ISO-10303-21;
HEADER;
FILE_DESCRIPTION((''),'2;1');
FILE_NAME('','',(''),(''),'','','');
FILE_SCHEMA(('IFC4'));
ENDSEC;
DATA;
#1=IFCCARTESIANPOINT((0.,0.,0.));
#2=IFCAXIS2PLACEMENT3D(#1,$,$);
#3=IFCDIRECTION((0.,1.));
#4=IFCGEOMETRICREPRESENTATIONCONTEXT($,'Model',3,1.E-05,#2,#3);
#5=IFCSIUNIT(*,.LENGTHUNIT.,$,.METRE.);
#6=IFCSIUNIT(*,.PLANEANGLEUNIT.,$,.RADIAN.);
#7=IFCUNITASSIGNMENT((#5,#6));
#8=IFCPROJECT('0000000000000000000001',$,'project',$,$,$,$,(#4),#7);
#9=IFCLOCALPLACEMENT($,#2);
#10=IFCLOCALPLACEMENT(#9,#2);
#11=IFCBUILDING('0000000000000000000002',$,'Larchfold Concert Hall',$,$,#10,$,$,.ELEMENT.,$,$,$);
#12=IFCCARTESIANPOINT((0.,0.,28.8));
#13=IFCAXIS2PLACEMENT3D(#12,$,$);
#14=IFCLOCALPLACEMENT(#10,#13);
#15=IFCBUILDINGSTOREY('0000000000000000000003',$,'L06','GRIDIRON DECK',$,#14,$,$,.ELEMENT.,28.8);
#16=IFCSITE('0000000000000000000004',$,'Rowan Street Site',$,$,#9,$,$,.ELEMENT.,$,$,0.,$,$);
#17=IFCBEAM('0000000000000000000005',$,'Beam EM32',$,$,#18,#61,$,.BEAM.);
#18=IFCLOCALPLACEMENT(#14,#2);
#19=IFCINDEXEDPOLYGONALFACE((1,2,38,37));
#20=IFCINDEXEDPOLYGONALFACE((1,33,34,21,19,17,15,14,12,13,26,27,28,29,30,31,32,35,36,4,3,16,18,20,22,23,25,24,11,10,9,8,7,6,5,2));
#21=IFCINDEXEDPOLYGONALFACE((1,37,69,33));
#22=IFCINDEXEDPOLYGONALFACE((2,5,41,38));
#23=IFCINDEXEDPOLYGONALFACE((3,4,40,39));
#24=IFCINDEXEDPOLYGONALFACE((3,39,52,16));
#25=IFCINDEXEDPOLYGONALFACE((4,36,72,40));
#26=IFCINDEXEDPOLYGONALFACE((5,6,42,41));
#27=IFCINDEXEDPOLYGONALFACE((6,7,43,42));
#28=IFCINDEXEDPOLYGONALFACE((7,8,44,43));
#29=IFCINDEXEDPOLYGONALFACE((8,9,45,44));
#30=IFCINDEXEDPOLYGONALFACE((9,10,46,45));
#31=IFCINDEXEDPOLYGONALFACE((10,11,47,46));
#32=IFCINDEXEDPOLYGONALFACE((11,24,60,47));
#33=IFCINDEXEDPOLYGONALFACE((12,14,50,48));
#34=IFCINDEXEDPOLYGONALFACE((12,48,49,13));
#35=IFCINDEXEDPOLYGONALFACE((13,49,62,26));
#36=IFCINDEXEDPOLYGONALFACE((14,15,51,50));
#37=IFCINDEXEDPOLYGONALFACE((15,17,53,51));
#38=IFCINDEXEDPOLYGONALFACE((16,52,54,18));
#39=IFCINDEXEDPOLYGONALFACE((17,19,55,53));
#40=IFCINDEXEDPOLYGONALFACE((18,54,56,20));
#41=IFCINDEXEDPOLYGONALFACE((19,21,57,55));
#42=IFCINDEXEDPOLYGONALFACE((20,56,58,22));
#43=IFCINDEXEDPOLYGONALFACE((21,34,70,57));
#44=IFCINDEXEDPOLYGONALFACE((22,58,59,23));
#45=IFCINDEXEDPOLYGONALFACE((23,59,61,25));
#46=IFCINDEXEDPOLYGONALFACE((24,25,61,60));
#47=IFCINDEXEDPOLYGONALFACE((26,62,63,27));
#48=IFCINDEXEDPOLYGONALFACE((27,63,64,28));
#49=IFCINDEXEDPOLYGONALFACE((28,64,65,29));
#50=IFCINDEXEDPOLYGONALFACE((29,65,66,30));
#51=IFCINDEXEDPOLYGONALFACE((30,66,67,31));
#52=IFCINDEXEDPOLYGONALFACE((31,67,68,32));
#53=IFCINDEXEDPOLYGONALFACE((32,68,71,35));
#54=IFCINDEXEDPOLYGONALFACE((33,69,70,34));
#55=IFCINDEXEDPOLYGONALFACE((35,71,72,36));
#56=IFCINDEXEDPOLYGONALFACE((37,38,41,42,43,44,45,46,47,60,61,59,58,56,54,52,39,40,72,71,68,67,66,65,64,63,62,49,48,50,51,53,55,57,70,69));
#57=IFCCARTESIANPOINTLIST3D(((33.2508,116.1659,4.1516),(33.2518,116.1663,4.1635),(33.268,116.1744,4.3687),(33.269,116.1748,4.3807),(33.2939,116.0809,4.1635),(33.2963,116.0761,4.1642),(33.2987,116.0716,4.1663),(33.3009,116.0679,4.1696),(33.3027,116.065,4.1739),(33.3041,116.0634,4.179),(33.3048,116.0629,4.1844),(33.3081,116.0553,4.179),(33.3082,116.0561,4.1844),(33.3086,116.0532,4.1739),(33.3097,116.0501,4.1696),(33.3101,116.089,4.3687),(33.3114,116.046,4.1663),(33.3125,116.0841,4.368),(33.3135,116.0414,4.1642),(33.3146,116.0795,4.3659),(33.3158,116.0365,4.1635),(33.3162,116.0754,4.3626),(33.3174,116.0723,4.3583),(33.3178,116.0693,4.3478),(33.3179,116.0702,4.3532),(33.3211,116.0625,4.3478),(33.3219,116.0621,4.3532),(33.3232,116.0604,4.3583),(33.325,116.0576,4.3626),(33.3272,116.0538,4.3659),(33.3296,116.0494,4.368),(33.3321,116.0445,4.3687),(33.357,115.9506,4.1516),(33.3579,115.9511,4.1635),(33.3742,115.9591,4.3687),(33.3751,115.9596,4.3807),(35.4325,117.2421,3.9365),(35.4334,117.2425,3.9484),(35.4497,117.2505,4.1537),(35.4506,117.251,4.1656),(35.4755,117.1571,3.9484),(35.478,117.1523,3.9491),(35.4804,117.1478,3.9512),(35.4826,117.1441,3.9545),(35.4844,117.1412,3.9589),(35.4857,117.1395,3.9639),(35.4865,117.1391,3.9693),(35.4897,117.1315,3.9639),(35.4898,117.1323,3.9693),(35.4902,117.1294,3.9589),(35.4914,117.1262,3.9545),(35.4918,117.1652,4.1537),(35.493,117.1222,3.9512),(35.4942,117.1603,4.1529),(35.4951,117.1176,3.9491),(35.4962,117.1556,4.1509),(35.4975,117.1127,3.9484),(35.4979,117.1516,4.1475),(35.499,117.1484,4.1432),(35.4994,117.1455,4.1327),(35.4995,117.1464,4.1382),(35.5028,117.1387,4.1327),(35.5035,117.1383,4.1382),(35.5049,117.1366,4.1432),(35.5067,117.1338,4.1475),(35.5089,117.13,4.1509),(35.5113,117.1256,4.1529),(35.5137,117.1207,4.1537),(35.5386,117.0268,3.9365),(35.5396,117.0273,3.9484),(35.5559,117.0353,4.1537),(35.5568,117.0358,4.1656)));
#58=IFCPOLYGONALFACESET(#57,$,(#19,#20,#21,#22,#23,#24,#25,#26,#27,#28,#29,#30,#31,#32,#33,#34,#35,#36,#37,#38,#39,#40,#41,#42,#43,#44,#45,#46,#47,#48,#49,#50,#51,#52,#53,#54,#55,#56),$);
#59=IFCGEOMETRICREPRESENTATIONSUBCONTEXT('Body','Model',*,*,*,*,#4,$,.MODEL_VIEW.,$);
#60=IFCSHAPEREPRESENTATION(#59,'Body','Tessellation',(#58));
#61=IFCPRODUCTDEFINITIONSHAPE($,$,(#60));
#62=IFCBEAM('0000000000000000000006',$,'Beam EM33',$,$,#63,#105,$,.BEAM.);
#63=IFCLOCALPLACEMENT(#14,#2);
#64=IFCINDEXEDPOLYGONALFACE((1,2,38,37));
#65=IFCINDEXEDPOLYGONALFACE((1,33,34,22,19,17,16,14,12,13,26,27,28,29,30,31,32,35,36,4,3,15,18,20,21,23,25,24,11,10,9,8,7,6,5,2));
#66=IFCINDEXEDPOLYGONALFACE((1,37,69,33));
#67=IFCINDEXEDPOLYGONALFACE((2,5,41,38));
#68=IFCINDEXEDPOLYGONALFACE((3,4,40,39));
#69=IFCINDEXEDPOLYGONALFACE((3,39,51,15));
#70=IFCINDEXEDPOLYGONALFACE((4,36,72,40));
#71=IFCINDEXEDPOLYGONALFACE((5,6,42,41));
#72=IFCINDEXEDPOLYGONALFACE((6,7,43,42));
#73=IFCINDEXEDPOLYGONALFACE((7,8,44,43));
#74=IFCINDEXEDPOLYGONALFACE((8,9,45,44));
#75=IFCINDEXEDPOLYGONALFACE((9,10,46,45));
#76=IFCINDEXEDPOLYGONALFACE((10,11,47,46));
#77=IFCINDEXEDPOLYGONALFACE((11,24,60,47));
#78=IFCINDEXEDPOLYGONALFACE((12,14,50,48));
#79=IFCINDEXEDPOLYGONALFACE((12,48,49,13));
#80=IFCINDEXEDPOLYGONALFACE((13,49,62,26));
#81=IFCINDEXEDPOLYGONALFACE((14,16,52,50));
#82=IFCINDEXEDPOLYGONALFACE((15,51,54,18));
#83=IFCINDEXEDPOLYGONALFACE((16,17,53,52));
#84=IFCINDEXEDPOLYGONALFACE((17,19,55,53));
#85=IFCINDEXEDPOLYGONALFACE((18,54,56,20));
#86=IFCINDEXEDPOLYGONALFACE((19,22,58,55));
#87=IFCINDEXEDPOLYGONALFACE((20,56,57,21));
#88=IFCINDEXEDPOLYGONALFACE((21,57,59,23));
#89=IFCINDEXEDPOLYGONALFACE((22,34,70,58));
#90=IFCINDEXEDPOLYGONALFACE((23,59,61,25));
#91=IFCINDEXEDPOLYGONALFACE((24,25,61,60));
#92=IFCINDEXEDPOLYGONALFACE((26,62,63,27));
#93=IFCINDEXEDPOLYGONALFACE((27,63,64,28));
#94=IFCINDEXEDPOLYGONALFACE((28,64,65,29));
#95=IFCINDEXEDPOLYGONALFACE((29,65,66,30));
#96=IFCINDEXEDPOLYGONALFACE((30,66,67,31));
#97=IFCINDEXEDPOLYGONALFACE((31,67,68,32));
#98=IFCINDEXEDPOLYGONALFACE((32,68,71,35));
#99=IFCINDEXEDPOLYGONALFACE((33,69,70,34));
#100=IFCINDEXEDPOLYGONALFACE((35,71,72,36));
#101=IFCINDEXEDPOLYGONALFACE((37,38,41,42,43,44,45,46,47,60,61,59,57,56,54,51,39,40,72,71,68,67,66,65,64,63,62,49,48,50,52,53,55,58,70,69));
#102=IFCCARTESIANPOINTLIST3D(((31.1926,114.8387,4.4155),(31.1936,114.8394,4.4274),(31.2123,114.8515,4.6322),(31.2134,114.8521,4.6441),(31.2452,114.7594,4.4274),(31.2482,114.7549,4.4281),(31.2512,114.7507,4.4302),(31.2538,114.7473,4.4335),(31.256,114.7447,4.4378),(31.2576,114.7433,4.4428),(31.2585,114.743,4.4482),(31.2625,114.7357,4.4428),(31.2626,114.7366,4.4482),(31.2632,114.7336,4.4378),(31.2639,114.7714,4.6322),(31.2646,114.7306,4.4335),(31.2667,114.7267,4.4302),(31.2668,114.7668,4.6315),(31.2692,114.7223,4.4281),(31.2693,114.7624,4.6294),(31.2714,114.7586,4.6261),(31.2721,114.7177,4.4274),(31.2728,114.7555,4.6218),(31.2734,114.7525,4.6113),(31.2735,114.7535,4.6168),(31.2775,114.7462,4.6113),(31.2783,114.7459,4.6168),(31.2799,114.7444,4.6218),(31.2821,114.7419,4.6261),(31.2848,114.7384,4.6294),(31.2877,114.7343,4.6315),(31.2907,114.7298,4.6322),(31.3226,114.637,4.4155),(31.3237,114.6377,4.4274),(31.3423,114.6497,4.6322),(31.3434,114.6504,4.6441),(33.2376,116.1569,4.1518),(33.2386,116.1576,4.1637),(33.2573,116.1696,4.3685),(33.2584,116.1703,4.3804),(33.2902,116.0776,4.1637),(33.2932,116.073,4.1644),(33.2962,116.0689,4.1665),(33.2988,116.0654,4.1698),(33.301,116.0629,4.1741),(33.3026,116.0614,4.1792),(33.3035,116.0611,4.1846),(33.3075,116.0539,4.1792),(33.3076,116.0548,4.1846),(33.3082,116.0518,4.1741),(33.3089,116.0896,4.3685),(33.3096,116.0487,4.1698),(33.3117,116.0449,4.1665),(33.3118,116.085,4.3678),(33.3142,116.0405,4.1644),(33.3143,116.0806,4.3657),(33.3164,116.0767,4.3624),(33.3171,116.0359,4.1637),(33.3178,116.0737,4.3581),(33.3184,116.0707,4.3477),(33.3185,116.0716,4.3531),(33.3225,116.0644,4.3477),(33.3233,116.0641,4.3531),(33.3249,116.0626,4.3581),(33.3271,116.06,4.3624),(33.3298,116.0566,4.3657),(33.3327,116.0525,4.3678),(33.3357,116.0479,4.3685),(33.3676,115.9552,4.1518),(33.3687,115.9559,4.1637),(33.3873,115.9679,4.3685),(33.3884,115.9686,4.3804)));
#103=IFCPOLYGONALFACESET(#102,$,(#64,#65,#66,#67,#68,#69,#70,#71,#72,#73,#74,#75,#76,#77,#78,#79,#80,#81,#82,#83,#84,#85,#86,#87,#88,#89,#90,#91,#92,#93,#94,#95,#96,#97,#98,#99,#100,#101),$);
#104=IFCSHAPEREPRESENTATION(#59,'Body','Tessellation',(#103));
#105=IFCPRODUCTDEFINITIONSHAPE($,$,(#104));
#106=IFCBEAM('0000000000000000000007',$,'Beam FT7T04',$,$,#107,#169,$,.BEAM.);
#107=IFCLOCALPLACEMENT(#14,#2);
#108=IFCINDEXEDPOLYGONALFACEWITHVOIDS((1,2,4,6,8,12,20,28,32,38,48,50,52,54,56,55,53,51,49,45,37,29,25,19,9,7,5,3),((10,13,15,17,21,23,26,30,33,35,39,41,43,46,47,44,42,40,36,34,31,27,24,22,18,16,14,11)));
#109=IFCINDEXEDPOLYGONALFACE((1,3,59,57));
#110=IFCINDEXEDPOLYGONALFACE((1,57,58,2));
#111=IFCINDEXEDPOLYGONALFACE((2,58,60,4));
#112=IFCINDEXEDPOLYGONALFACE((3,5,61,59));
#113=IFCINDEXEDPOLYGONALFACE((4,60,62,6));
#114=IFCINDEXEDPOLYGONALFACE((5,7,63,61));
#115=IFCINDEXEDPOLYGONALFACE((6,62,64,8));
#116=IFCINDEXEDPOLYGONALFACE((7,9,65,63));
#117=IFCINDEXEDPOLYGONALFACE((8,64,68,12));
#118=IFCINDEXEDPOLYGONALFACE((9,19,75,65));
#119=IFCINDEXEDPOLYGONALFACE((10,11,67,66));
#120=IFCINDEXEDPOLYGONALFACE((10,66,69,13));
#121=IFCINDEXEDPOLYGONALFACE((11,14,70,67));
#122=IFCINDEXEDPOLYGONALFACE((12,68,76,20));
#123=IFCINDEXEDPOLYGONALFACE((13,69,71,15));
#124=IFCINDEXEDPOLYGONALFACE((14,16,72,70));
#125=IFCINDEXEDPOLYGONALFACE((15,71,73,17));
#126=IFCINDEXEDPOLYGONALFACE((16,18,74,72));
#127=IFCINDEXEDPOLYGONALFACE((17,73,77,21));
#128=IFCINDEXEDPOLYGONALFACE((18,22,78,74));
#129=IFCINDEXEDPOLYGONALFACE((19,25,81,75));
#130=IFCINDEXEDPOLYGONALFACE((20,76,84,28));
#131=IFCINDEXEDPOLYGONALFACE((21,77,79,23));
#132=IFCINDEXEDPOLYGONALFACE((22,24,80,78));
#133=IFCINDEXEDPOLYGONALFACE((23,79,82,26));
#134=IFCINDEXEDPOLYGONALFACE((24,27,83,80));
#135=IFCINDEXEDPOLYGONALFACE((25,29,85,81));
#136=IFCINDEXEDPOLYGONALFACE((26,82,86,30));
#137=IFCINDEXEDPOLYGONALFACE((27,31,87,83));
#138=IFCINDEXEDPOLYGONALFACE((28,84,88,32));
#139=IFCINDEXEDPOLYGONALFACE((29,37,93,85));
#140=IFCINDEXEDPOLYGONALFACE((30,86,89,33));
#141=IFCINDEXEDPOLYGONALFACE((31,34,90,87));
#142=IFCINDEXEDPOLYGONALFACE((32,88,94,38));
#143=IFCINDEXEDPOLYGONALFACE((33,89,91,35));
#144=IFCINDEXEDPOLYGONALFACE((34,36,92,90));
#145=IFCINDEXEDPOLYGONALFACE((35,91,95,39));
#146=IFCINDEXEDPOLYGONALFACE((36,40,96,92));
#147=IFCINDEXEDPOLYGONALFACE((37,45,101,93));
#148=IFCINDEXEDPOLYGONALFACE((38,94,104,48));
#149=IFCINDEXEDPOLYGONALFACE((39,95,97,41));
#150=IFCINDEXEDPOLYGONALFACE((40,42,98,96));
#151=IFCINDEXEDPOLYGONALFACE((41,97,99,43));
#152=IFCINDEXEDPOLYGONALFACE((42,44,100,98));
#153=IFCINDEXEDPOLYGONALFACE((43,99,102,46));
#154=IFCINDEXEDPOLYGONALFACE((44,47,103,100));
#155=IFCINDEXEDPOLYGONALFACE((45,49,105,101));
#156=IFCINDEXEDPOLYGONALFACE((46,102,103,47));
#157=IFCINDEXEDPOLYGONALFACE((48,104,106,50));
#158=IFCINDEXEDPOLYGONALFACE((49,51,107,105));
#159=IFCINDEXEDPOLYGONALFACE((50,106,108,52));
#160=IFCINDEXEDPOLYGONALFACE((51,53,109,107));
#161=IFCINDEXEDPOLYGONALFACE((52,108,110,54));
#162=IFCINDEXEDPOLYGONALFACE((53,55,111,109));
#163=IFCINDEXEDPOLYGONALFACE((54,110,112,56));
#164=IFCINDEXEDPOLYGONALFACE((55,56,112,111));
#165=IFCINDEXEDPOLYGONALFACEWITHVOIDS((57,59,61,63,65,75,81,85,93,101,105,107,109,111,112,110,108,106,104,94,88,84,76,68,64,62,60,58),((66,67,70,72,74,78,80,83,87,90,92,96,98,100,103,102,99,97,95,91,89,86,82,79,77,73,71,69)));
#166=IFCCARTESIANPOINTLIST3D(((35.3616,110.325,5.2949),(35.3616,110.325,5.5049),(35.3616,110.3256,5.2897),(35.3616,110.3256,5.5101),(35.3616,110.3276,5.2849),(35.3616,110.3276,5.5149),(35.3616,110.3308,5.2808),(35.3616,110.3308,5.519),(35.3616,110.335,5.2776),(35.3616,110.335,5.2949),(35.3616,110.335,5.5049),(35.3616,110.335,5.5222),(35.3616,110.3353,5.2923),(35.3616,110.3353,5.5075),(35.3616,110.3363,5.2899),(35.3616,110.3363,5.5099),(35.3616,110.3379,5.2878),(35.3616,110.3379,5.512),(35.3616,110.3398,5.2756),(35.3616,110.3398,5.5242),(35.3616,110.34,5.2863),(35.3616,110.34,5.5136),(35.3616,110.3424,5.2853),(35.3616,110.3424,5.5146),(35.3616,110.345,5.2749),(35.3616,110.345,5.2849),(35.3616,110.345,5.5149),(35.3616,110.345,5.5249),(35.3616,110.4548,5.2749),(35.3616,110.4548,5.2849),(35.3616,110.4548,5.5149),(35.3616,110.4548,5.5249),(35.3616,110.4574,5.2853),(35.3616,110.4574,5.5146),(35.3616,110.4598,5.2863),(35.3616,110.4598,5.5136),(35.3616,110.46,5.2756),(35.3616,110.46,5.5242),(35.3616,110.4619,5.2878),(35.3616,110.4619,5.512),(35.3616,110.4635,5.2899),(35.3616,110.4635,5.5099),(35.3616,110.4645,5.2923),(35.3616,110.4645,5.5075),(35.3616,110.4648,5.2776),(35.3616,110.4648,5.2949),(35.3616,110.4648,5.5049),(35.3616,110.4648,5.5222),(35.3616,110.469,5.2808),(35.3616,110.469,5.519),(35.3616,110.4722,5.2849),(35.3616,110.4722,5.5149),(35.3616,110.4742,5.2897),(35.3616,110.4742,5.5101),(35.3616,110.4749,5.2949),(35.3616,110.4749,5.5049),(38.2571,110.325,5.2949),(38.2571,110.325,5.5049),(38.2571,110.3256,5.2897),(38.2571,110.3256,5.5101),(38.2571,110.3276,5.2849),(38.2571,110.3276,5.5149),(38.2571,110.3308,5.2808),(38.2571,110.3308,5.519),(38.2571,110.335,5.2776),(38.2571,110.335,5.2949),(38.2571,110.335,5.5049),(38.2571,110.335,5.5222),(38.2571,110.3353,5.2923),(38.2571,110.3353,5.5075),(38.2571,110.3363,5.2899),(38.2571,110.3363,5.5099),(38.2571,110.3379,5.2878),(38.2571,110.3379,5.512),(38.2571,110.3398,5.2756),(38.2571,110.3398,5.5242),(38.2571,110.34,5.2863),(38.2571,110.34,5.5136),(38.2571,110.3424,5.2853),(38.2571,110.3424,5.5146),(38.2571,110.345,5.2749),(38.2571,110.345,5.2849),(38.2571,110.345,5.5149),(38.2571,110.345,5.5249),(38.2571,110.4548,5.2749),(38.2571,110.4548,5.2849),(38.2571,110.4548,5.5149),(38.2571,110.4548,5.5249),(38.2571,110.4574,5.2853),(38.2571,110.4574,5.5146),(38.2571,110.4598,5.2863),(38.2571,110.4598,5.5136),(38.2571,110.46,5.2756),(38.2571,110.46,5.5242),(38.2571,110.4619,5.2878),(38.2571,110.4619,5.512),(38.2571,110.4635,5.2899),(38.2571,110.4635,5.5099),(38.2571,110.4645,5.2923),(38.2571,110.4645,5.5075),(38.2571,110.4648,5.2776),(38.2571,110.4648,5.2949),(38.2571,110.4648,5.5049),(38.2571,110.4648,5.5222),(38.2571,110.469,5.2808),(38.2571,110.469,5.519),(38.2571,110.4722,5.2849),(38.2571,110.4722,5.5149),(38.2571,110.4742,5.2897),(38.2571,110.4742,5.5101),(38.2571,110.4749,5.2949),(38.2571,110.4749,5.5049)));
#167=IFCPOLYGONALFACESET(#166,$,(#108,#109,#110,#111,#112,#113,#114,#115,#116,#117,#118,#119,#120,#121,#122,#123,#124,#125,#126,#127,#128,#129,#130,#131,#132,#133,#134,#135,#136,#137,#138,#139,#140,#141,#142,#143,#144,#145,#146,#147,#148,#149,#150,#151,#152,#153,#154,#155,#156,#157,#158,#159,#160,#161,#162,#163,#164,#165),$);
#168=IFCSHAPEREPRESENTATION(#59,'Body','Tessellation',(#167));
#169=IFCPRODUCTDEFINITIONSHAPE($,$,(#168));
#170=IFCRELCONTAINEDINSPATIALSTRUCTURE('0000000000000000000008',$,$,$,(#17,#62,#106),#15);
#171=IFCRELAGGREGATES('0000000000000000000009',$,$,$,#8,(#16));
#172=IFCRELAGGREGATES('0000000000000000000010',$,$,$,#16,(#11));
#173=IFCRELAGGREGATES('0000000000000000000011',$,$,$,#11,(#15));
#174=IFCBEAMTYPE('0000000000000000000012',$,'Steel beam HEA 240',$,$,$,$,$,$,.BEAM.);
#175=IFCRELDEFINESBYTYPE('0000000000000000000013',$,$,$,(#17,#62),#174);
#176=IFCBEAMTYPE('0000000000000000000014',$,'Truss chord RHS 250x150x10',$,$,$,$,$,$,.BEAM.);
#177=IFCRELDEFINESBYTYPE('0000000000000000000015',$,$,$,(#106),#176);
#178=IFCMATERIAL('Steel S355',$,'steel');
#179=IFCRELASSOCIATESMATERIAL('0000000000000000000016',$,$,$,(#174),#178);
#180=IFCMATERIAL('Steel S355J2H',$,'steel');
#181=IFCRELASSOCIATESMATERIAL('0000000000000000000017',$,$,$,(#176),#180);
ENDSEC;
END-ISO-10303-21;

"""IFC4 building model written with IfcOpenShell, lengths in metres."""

from ifc_helpers import new_model, si_unit, direction, frame, origin, origin_2d, place, context, subcontext, project, spatial, hollow_rectangle, i_section, extrude, material, material_profile, profile_set, type_object, element, save


model = new_model("IFC4")

# Units and contexts
model_context = context("Model", 3, precision=1e-05, world=origin(), true_north=direction((0.0, 1.0)))
body_context = subcontext(model_context, "Body", "Model", "MODEL_VIEW")
ifc_project = project(units=[si_unit("LENGTHUNIT", "METRE"), si_unit("PLANEANGLEUNIT", "RADIAN")], contexts=[model_context])

# Site, building, storey
site_placement = place(None, origin())
site = spatial("IfcSite", under=ifc_project, at=site_placement, Name="Rowan Street Site", CompositionType="ELEMENT", RefElevation=0.0)
building_placement = place(site_placement, origin())
building = spatial("IfcBuilding", under=site, at=building_placement, Name="Larchfold Concert Hall", CompositionType="ELEMENT")
storey_placement = place(building_placement, frame((0.0, 0.0, 28.8)))
storey = spatial("IfcBuildingStorey", under=building, at=storey_placement, Name="L06", Description="GRIDIRON DECK", CompositionType="ELEMENT", Elevation=28.8)

# Beams
ifc_material_1 = material(Name="Steel S355", Category="steel")
ifc_material_profile_1 = material_profile(ifc_material_1, i_section(OverallWidth=0.24, OverallDepth=0.23, WebThickness=0.0076, FlangeThickness=0.012, FilletRadius=0.021, at=origin_2d()))
ifc_profile_set_1 = profile_set([ifc_material_profile_1], Name="Steel S355")
beam_type_1 = type_object("IfcBeamType", Name="Steel beam HEA 240", PredefinedType="BEAM", material=ifc_profile_set_1)
beam_1_placement = place(storey_placement, frame((35.4946, 117.1389, 4.051), z_axis=(-0.893338, -0.440671, 0.088074), x_axis=(0.44239, -0.896823, 0.0)))
element("IfcBeam", 1, at=beam_1_placement, inside=storey, type_object=beam_type_1, Name="Beam EM32", PredefinedType="BEAM", context=body_context, shape_type="SweptSolid", body=[
    extrude(i_section(OverallWidth=0.24, OverallDepth=0.23, WebThickness=0.0076, FlangeThickness=0.012, FilletRadius=0.021, at=origin_2d()), origin(), (0.0, 0.0, 1.0), 2.4421),
])
beam_2_placement = place(storey_placement, frame((33.313, 116.0627, 4.2661), z_axis=(-0.835626, -0.538628, 0.107745), x_axis=(0.541782, -0.840519, 0.0)))
element("IfcBeam", 2, at=beam_2_placement, inside=storey, type_object=beam_type_1, Name="Beam EM33", PredefinedType="BEAM", context=body_context, shape_type="SweptSolid", body=[
    extrude(i_section(OverallWidth=0.24, OverallDepth=0.23, WebThickness=0.0076, FlangeThickness=0.012, FilletRadius=0.021, at=origin_2d()), origin(), (0.0, 0.0, 1.0), 2.4473),
])
ifc_material_2 = material(Name="Steel S355J2H", Category="steel")
ifc_material_profile_2 = material_profile(ifc_material_2, hollow_rectangle(XDim=0.1499, YDim=0.25, WallThickness=0.01, InnerFilletRadius=0.01, OuterFilletRadius=0.02, at=origin_2d()))
ifc_profile_set_2 = profile_set([ifc_material_profile_2], Name="Steel S355J2H")
beam_type_2 = type_object("IfcBeamType", Name="Truss chord RHS 250x150x10", PredefinedType="BEAM", material=ifc_profile_set_2)
beam_3_placement = place(storey_placement, frame((35.3616, 110.3999, 5.3999), z_axis=(1.0, 0.0, 0.0), x_axis=(0.0, 1.0, 0.0)))
element("IfcBeam", 3, at=beam_3_placement, inside=storey, type_object=beam_type_2, Name="Beam FT7T04", PredefinedType="BEAM", context=body_context, shape_type="SweptSolid", body=[
    extrude(hollow_rectangle(XDim=0.1499, YDim=0.25, WallThickness=0.01, InnerFilletRadius=0.01, OuterFilletRadius=0.02, at=origin_2d()), origin(), (0.0, 0.0, 1.0), 2.8955),
])

save(model, "model.ifc")
